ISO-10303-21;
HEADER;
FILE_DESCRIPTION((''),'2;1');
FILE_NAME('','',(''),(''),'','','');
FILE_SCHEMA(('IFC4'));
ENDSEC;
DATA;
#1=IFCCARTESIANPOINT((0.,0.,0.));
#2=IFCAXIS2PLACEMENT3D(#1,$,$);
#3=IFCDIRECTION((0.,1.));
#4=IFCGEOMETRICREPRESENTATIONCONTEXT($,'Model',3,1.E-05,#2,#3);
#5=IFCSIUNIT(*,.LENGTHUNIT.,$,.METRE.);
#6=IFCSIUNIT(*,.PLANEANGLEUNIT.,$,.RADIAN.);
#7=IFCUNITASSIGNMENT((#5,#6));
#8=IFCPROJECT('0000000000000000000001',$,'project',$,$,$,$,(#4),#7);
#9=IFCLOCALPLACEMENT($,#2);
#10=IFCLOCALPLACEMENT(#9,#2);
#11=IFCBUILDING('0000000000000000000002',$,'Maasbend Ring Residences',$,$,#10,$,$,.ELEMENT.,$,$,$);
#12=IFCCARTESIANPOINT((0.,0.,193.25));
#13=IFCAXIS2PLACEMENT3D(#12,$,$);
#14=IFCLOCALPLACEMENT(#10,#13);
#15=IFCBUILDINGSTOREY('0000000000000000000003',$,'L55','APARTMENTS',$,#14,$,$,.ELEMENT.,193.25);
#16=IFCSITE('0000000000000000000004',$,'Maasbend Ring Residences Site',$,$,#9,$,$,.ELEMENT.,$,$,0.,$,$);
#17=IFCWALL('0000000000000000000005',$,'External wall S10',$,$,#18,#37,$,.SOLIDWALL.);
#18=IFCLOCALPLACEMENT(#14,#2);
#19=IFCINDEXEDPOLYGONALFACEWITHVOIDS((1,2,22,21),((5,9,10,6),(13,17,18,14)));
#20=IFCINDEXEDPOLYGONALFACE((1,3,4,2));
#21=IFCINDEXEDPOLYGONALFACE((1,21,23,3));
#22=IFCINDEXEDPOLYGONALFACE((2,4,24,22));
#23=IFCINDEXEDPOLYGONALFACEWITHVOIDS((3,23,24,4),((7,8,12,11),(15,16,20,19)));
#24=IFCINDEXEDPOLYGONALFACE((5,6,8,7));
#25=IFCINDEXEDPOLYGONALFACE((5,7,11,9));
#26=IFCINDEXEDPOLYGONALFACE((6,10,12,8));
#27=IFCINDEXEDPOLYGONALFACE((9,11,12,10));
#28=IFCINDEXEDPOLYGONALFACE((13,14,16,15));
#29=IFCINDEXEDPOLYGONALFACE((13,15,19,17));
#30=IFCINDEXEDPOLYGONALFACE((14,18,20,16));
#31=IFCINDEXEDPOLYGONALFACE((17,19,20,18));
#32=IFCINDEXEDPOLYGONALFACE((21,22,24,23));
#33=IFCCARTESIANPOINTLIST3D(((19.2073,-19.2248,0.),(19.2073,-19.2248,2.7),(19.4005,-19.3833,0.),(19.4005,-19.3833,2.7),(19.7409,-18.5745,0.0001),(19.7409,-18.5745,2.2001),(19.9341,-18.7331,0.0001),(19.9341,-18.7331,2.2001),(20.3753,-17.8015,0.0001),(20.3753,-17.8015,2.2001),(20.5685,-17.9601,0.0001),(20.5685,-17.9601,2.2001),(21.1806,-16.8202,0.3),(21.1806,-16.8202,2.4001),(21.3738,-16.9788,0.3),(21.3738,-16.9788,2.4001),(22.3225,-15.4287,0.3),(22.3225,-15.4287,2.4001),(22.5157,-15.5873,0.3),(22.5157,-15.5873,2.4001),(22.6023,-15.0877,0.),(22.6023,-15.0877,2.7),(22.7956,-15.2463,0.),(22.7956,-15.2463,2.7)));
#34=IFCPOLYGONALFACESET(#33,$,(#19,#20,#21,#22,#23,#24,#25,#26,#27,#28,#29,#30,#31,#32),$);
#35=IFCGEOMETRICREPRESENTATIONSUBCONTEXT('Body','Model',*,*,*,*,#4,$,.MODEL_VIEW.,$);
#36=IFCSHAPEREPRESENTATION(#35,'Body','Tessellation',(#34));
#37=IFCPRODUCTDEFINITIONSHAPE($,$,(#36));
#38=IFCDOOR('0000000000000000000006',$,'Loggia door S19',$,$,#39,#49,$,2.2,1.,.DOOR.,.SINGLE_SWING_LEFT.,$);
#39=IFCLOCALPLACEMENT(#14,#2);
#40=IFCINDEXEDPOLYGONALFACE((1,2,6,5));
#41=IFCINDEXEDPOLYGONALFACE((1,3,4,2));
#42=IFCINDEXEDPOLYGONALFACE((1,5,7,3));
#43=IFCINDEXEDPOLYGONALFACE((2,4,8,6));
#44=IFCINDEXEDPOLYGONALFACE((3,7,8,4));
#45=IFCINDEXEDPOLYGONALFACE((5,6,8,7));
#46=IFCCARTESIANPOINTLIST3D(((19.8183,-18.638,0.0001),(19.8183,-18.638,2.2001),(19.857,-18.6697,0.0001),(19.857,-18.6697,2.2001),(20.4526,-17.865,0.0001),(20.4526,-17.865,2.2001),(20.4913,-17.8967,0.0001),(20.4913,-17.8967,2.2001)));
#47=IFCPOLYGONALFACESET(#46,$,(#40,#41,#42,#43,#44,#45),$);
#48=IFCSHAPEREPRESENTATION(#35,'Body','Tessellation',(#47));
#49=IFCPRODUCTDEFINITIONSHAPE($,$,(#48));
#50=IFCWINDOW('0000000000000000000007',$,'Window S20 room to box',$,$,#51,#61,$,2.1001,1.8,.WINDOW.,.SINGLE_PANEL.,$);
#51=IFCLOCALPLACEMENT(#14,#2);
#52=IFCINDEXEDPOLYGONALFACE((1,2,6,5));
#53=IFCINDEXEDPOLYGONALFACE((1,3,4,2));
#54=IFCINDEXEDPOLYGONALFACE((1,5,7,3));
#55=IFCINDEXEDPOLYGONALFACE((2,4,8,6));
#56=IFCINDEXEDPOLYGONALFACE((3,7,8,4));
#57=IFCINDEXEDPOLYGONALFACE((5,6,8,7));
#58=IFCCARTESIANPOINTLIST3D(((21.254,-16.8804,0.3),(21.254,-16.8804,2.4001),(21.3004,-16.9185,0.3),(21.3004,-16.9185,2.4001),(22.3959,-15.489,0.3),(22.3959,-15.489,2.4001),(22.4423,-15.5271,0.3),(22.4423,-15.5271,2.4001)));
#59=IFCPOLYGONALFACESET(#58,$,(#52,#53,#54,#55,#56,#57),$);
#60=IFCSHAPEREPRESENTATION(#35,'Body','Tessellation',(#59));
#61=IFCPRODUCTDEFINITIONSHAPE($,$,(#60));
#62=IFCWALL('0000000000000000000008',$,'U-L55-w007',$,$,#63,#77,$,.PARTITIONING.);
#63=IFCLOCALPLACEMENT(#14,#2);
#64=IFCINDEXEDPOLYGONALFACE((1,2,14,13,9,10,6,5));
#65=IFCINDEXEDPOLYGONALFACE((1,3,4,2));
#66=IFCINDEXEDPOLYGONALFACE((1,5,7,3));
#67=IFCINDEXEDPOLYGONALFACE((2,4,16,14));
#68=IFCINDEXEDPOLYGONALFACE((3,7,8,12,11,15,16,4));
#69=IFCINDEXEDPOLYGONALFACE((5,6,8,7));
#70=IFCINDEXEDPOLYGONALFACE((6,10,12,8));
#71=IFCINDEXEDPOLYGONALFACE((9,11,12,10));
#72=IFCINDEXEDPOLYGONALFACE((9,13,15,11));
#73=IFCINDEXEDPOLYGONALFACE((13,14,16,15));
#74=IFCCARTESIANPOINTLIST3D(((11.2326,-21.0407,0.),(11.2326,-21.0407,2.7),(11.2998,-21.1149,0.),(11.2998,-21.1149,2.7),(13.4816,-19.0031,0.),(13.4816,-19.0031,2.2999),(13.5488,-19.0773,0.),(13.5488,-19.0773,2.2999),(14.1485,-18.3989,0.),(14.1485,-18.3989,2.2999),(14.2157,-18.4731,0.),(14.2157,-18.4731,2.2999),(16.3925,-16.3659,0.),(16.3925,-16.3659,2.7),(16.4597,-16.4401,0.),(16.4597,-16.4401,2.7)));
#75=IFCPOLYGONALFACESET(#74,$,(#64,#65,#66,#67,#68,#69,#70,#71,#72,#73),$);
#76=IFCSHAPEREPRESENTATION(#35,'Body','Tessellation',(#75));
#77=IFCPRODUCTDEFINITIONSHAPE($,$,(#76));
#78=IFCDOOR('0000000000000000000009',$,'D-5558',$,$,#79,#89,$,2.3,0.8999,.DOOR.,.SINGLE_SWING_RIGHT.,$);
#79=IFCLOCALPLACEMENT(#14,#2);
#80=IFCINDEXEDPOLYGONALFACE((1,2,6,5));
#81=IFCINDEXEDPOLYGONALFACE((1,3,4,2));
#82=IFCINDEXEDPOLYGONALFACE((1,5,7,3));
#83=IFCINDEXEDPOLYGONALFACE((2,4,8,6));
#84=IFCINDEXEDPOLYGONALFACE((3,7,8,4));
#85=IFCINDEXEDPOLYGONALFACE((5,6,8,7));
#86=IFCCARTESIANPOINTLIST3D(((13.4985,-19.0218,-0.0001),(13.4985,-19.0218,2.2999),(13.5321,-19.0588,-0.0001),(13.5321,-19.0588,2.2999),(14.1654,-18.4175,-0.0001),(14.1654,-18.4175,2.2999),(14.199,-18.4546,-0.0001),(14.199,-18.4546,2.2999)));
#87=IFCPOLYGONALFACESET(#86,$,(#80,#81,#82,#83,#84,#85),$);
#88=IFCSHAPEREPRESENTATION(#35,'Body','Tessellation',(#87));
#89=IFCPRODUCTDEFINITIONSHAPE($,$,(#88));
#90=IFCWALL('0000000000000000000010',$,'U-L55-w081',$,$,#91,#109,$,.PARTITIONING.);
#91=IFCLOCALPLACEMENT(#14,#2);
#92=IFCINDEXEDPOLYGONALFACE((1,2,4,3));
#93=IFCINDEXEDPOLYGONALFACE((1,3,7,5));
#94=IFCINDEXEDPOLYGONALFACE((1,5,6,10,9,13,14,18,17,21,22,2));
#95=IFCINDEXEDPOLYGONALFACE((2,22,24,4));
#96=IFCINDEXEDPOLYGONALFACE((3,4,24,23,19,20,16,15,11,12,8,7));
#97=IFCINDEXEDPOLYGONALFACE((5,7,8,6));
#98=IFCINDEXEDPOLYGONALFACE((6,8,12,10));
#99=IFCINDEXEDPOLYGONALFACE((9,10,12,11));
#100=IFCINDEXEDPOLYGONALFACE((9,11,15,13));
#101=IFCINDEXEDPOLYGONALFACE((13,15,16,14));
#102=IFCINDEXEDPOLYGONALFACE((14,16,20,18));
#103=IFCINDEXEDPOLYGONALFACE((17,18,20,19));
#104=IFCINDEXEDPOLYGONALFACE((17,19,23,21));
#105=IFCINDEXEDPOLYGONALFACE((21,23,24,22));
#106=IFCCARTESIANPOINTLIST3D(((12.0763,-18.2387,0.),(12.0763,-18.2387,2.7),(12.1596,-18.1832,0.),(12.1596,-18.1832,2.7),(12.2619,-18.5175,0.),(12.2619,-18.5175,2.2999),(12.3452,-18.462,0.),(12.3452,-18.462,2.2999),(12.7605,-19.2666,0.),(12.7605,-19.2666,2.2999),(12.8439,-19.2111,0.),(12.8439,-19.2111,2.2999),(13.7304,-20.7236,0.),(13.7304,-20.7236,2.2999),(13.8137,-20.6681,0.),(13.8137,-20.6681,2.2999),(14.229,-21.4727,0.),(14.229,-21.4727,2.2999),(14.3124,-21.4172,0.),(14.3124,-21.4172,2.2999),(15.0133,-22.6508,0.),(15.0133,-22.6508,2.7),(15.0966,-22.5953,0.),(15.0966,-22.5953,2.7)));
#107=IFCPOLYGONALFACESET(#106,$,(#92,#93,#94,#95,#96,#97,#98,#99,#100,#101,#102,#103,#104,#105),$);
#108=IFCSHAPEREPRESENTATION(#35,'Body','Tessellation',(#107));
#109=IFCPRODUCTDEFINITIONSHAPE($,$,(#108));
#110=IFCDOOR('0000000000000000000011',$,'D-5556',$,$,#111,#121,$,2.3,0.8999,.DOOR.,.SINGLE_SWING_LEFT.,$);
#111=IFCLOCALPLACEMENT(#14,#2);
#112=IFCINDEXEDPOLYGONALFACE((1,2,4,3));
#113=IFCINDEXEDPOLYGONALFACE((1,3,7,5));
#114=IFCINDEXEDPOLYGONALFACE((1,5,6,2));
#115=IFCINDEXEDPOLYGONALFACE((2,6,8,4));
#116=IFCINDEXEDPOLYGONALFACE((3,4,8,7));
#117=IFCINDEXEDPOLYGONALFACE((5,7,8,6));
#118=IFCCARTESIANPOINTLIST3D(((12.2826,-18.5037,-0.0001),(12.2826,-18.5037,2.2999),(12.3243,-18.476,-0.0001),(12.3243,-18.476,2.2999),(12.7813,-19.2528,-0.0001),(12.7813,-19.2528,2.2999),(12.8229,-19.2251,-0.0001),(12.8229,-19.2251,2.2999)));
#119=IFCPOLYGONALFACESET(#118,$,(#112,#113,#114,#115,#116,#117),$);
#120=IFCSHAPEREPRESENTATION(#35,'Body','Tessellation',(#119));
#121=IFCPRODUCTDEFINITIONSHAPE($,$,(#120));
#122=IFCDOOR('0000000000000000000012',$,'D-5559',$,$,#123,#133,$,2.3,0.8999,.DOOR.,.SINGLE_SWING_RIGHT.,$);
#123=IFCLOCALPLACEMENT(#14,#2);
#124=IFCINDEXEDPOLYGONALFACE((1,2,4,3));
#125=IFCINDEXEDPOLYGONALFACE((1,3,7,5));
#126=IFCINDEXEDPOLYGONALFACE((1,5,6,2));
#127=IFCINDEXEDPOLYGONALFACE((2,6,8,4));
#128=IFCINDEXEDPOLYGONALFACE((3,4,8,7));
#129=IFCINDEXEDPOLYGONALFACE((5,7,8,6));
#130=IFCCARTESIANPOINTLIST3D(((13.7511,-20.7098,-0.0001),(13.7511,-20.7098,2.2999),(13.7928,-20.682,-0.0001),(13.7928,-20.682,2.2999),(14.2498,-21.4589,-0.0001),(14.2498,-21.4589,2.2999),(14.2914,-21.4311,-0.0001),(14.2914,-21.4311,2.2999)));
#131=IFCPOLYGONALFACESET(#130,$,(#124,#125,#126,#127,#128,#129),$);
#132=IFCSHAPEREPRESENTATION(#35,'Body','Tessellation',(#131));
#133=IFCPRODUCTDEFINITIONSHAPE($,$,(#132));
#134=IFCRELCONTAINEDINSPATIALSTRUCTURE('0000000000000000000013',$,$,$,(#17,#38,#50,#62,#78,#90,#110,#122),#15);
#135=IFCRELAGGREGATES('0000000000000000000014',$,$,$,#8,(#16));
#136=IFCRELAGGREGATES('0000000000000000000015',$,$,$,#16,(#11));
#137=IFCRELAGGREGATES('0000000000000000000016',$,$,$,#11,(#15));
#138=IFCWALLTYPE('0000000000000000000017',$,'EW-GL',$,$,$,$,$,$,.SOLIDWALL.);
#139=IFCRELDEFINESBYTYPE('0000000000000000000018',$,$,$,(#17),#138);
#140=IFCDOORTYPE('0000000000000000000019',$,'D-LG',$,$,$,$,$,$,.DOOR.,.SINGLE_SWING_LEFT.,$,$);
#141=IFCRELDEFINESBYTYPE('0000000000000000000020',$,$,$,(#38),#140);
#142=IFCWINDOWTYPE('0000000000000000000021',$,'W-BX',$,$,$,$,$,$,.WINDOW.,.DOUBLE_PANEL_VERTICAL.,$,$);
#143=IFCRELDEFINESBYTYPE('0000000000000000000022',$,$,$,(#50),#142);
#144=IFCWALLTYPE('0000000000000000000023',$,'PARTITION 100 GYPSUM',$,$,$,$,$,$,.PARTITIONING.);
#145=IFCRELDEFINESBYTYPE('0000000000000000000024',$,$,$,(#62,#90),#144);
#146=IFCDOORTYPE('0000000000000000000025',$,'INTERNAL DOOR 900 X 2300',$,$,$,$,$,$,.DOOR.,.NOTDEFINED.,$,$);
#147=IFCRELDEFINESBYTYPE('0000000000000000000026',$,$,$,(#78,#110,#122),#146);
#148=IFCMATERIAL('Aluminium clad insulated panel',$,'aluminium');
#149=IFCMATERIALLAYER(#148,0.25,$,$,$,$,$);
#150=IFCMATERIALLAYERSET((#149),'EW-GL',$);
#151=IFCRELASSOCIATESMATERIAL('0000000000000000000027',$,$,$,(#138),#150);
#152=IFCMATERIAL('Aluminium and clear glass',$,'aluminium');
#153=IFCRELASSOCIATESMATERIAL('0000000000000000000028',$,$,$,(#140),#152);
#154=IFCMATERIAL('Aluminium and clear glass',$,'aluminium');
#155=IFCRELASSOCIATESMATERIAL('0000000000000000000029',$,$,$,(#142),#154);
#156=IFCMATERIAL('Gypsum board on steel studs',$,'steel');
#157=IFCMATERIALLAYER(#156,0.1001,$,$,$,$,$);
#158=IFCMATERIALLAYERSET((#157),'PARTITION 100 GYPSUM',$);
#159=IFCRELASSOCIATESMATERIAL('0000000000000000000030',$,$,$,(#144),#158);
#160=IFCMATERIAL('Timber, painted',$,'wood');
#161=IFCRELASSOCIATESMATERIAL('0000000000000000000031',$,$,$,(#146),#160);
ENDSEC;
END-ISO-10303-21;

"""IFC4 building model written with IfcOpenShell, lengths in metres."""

from ifc_helpers import new_model, si_unit, direction, frame, frame_2d, origin, place, context, subcontext, project, spatial, rectangle, extrude, material, layer, layer_set, type_object, element, fill, save


model = new_model("IFC4")

# Units and contexts
model_context = context("Model", 3, precision=1e-05, world=origin(), true_north=direction((0.0, 1.0)))
body_context = subcontext(model_context, "Body", "Model", "MODEL_VIEW")
ifc_project = project(units=[si_unit("LENGTHUNIT", "METRE"), si_unit("PLANEANGLEUNIT", "RADIAN")], contexts=[model_context])

# Site, building, storey
site_placement = place(None, origin())
site = spatial("IfcSite", under=ifc_project, at=site_placement, Name="Maasbend Ring Residences Site", CompositionType="ELEMENT", RefElevation=0.0)
building_placement = place(site_placement, origin())
building = spatial("IfcBuilding", under=site, at=building_placement, Name="Maasbend Ring Residences", CompositionType="ELEMENT")
storey_placement = place(building_placement, frame((0.0, 0.0, 193.25)))
storey = spatial("IfcBuildingStorey", under=building, at=storey_placement, Name="L55", Description="APARTMENTS", CompositionType="ELEMENT", Elevation=193.25)

# Wall, openings, door, window
ifc_material_1 = material(Name="Aluminium clad insulated panel", Category="aluminium")
ifc_layer_1 = layer(ifc_material_1, 0.25)
ifc_layer_set_1 = layer_set([ifc_layer_1], Name="EW-GL")
wall_type_1 = type_object("IfcWallType", Name="EW-GL", PredefinedType="SOLIDWALL", material=ifc_layer_set_1)
ifc_material_2 = material(Name="Aluminium and clear glass", Category="aluminium")
door_type_1 = type_object("IfcDoorType", Name="D-LG", OperationType="SINGLE_SWING_LEFT", PredefinedType="DOOR", material=ifc_material_2)
ifc_material_3 = material(Name="Aluminium and clear glass", Category="aluminium")
window_type_1 = type_object("IfcWindowType", Name="W-BX", PartitioningType="DOUBLE_PANEL_VERTICAL", PredefinedType="WINDOW", material=ifc_material_3)
wall_1_placement = place(storey_placement, frame((19.304, -19.304, 0.0), z_axis=(0.0, 0.0, 1.0), x_axis=(0.634382, 0.773019, 0.0)))
wall_1 = element("IfcWall", 1, at=wall_1_placement, inside=storey, type_object=wall_type_1, Name="External wall S10", PredefinedType="SOLIDWALL", context=body_context, shape_type="SweptSolid", body=[
    extrude(rectangle(XDim=5.3518, YDim=0.25, at=frame_2d((2.6758, 0.0))), origin(), (0.0, 0.0, 1.0), 2.7),
])
opening_1_placement = place(wall_1_placement, frame((0.8411, 0.0, 0.0)))
opening_1 = element("IfcOpeningElement", 2, at=opening_1_placement, cuts=wall_1, PredefinedType="OPENING", context=body_context, shape_type="SweptSolid", body=[
    extrude(rectangle(XDim=1.0, YDim=2.2, at=frame_2d((0.5, 1.1001))), frame((0.0, 0.135, 0.0), z_axis=(0.0, -1.0, 0.0), x_axis=(1.0, 0.0, 0.0)), (0.0, 0.0, 1.0), 0.27),
])
opening_2_placement = place(wall_1_placement, frame((3.1106, 0.0, 0.3)))
opening_2 = element("IfcOpeningElement", 3, at=opening_2_placement, cuts=wall_1, PredefinedType="OPENING", context=body_context, shape_type="SweptSolid", body=[
    extrude(rectangle(XDim=1.8, YDim=2.1001, at=frame_2d((0.8999, 1.05))), frame((0.0, 0.135, 0.0), z_axis=(0.0, -1.0, 0.0), x_axis=(1.0, 0.0, 0.0)), (0.0, 0.0, 1.0), 0.27),
])
door_1_placement = place(opening_1_placement, origin())
door_1 = element("IfcDoor", 4, at=door_1_placement, inside=storey, type_object=door_type_1, Name="Loggia door S19", OperationType="SINGLE_SWING_LEFT", OverallHeight=2.2, OverallWidth=1.0, PredefinedType="DOOR", context=body_context, shape_type="SweptSolid", body=[
    extrude(rectangle(XDim=1.0, YDim=2.2, at=frame_2d((0.5, 1.1001))), frame((0.0, 0.0249, 0.0), z_axis=(0.0, -1.0, 0.0), x_axis=(1.0, 0.0, 0.0)), (0.0, 0.0, 1.0), 0.05),
])
fill(opening_1, door_1)
window_1_placement = place(opening_2_placement, origin())
window_1 = element("IfcWindow", 5, at=window_1_placement, inside=storey, type_object=window_type_1, Name="Window S20 room to box", OverallHeight=2.1001, OverallWidth=1.8, PartitioningType="SINGLE_PANEL", PredefinedType="WINDOW", context=body_context, shape_type="SweptSolid", body=[
    extrude(rectangle(XDim=1.8, YDim=2.1001, at=frame_2d((0.8999, 1.05))), frame((0.0, 0.03, 0.0), z_axis=(0.0, -1.0, 0.0), x_axis=(1.0, 0.0, 0.0)), (0.0, 0.0, 1.0), 0.0601),
])
fill(opening_2, window_1)

# Wall, opening, door
ifc_material_4 = material(Name="Gypsum board on steel studs", Category="steel")
ifc_layer_2 = layer(ifc_material_4, 0.1001)
ifc_layer_set_2 = layer_set([ifc_layer_2], Name="PARTITION 100 GYPSUM")
wall_type_2 = type_object("IfcWallType", Name="PARTITION 100 GYPSUM", PredefinedType="PARTITIONING", material=ifc_layer_set_2)
wall_2_placement = place(storey_placement, frame((11.2661, -21.0779, 0.0), z_axis=(0.0, 0.0, 1.0), x_axis=(0.741085, 0.671412, 0.0)))
wall_2 = element("IfcWall", 6, at=wall_2_placement, inside=storey, type_object=wall_type_2, Name="U-L55-w007", PredefinedType="PARTITIONING", context=body_context, shape_type="SweptSolid", body=[
    extrude(rectangle(XDim=6.9626, YDim=0.1001, at=frame_2d((3.4814, 0.0))), origin(), (0.0, 0.0, 1.0), 2.7),
])
opening_3_placement = place(wall_2_placement, frame((3.0349, 0.0, 0.0)))
opening_3 = element("IfcOpeningElement", 7, at=opening_3_placement, cuts=wall_2, PredefinedType="OPENING", context=body_context, shape_type="SweptSolid", body=[
    extrude(rectangle(XDim=0.8999, YDim=2.3, at=frame_2d((0.45, 1.1499))), frame((0.0, 0.0601, 0.0), z_axis=(0.0, -1.0, 0.0), x_axis=(1.0, 0.0, 0.0)), (0.0, 0.0, 1.0), 0.1201),
])
ifc_material_5 = material(Name="Timber, painted", Category="wood")
door_type_2 = type_object("IfcDoorType", Name="INTERNAL DOOR 900 X 2300", OperationType="NOTDEFINED", PredefinedType="DOOR", material=ifc_material_5)
door_2_placement = place(opening_3_placement, origin())
door_2 = element("IfcDoor", 8, at=door_2_placement, inside=storey, type_object=door_type_2, Name="D-5558", OperationType="SINGLE_SWING_RIGHT", OverallHeight=2.3, OverallWidth=0.8999, PredefinedType="DOOR", context=body_context, shape_type="SweptSolid", body=[
    extrude(rectangle(XDim=0.8999, YDim=2.3, at=frame_2d((0.45, 1.1499))), frame((0.0, 0.0249, 0.0), z_axis=(0.0, -1.0, 0.0), x_axis=(1.0, 0.0, 0.0)), (0.0, 0.0, 1.0), 0.05),
])
fill(opening_3, door_2)

# Wall, openings, doors
wall_3_placement = place(storey_placement, frame((12.1179, -18.2109, 0.0), z_axis=(0.0, 0.0, 1.0), x_axis=(0.554126, -0.832433, 0.0)))
wall_3 = element("IfcWall", 9, at=wall_3_placement, inside=storey, type_object=wall_type_2, Name="U-L55-w081", PredefinedType="PARTITIONING", context=body_context, shape_type="SweptSolid", body=[
    extrude(rectangle(XDim=5.3003, YDim=0.1001, at=frame_2d((2.6501, 0.0))), origin(), (0.0, 0.0, 1.0), 2.7),
])
opening_4_placement = place(wall_3_placement, frame((0.335, 0.0, 0.0)))
opening_4 = element("IfcOpeningElement", 10, at=opening_4_placement, cuts=wall_3, PredefinedType="OPENING", context=body_context, shape_type="SweptSolid", body=[
    extrude(rectangle(XDim=0.8999, YDim=2.3, at=frame_2d((0.45, 1.1499))), frame((0.0, 0.0601, 0.0), z_axis=(0.0, -1.0, 0.0), x_axis=(1.0, 0.0, 0.0)), (0.0, 0.0, 1.0), 0.1201),
])
opening_5_placement = place(wall_3_placement, frame((2.9851, 0.0, 0.0)))
opening_5 = element("IfcOpeningElement", 11, at=opening_5_placement, cuts=wall_3, PredefinedType="OPENING", context=body_context, shape_type="SweptSolid", body=[
    extrude(rectangle(XDim=0.8999, YDim=2.3, at=frame_2d((0.45, 1.1499))), frame((0.0, 0.0601, 0.0), z_axis=(0.0, -1.0, 0.0), x_axis=(1.0, 0.0, 0.0)), (0.0, 0.0, 1.0), 0.1201),
])
door_3_placement = place(opening_4_placement, origin())
door_3 = element("IfcDoor", 12, at=door_3_placement, inside=storey, type_object=door_type_2, Name="D-5556", OperationType="SINGLE_SWING_LEFT", OverallHeight=2.3, OverallWidth=0.8999, PredefinedType="DOOR", context=body_context, shape_type="SweptSolid", body=[
    extrude(rectangle(XDim=0.8999, YDim=2.3, at=frame_2d((0.45, 1.1499))), frame((0.0, 0.0249, 0.0), z_axis=(0.0, -1.0, 0.0), x_axis=(1.0, 0.0, 0.0)), (0.0, 0.0, 1.0), 0.05),
])
fill(opening_4, door_3)
door_4_placement = place(opening_5_placement, origin())
door_4 = element("IfcDoor", 13, at=door_4_placement, inside=storey, type_object=door_type_2, Name="D-5559", OperationType="SINGLE_SWING_RIGHT", OverallHeight=2.3, OverallWidth=0.8999, PredefinedType="DOOR", context=body_context, shape_type="SweptSolid", body=[
    extrude(rectangle(XDim=0.8999, YDim=2.3, at=frame_2d((0.45, 1.1499))), frame((0.0, 0.0249, 0.0), z_axis=(0.0, -1.0, 0.0), x_axis=(1.0, 0.0, 0.0)), (0.0, 0.0, 1.0), 0.05),
])
fill(opening_5, door_4)

save(model, "model.ifc")
